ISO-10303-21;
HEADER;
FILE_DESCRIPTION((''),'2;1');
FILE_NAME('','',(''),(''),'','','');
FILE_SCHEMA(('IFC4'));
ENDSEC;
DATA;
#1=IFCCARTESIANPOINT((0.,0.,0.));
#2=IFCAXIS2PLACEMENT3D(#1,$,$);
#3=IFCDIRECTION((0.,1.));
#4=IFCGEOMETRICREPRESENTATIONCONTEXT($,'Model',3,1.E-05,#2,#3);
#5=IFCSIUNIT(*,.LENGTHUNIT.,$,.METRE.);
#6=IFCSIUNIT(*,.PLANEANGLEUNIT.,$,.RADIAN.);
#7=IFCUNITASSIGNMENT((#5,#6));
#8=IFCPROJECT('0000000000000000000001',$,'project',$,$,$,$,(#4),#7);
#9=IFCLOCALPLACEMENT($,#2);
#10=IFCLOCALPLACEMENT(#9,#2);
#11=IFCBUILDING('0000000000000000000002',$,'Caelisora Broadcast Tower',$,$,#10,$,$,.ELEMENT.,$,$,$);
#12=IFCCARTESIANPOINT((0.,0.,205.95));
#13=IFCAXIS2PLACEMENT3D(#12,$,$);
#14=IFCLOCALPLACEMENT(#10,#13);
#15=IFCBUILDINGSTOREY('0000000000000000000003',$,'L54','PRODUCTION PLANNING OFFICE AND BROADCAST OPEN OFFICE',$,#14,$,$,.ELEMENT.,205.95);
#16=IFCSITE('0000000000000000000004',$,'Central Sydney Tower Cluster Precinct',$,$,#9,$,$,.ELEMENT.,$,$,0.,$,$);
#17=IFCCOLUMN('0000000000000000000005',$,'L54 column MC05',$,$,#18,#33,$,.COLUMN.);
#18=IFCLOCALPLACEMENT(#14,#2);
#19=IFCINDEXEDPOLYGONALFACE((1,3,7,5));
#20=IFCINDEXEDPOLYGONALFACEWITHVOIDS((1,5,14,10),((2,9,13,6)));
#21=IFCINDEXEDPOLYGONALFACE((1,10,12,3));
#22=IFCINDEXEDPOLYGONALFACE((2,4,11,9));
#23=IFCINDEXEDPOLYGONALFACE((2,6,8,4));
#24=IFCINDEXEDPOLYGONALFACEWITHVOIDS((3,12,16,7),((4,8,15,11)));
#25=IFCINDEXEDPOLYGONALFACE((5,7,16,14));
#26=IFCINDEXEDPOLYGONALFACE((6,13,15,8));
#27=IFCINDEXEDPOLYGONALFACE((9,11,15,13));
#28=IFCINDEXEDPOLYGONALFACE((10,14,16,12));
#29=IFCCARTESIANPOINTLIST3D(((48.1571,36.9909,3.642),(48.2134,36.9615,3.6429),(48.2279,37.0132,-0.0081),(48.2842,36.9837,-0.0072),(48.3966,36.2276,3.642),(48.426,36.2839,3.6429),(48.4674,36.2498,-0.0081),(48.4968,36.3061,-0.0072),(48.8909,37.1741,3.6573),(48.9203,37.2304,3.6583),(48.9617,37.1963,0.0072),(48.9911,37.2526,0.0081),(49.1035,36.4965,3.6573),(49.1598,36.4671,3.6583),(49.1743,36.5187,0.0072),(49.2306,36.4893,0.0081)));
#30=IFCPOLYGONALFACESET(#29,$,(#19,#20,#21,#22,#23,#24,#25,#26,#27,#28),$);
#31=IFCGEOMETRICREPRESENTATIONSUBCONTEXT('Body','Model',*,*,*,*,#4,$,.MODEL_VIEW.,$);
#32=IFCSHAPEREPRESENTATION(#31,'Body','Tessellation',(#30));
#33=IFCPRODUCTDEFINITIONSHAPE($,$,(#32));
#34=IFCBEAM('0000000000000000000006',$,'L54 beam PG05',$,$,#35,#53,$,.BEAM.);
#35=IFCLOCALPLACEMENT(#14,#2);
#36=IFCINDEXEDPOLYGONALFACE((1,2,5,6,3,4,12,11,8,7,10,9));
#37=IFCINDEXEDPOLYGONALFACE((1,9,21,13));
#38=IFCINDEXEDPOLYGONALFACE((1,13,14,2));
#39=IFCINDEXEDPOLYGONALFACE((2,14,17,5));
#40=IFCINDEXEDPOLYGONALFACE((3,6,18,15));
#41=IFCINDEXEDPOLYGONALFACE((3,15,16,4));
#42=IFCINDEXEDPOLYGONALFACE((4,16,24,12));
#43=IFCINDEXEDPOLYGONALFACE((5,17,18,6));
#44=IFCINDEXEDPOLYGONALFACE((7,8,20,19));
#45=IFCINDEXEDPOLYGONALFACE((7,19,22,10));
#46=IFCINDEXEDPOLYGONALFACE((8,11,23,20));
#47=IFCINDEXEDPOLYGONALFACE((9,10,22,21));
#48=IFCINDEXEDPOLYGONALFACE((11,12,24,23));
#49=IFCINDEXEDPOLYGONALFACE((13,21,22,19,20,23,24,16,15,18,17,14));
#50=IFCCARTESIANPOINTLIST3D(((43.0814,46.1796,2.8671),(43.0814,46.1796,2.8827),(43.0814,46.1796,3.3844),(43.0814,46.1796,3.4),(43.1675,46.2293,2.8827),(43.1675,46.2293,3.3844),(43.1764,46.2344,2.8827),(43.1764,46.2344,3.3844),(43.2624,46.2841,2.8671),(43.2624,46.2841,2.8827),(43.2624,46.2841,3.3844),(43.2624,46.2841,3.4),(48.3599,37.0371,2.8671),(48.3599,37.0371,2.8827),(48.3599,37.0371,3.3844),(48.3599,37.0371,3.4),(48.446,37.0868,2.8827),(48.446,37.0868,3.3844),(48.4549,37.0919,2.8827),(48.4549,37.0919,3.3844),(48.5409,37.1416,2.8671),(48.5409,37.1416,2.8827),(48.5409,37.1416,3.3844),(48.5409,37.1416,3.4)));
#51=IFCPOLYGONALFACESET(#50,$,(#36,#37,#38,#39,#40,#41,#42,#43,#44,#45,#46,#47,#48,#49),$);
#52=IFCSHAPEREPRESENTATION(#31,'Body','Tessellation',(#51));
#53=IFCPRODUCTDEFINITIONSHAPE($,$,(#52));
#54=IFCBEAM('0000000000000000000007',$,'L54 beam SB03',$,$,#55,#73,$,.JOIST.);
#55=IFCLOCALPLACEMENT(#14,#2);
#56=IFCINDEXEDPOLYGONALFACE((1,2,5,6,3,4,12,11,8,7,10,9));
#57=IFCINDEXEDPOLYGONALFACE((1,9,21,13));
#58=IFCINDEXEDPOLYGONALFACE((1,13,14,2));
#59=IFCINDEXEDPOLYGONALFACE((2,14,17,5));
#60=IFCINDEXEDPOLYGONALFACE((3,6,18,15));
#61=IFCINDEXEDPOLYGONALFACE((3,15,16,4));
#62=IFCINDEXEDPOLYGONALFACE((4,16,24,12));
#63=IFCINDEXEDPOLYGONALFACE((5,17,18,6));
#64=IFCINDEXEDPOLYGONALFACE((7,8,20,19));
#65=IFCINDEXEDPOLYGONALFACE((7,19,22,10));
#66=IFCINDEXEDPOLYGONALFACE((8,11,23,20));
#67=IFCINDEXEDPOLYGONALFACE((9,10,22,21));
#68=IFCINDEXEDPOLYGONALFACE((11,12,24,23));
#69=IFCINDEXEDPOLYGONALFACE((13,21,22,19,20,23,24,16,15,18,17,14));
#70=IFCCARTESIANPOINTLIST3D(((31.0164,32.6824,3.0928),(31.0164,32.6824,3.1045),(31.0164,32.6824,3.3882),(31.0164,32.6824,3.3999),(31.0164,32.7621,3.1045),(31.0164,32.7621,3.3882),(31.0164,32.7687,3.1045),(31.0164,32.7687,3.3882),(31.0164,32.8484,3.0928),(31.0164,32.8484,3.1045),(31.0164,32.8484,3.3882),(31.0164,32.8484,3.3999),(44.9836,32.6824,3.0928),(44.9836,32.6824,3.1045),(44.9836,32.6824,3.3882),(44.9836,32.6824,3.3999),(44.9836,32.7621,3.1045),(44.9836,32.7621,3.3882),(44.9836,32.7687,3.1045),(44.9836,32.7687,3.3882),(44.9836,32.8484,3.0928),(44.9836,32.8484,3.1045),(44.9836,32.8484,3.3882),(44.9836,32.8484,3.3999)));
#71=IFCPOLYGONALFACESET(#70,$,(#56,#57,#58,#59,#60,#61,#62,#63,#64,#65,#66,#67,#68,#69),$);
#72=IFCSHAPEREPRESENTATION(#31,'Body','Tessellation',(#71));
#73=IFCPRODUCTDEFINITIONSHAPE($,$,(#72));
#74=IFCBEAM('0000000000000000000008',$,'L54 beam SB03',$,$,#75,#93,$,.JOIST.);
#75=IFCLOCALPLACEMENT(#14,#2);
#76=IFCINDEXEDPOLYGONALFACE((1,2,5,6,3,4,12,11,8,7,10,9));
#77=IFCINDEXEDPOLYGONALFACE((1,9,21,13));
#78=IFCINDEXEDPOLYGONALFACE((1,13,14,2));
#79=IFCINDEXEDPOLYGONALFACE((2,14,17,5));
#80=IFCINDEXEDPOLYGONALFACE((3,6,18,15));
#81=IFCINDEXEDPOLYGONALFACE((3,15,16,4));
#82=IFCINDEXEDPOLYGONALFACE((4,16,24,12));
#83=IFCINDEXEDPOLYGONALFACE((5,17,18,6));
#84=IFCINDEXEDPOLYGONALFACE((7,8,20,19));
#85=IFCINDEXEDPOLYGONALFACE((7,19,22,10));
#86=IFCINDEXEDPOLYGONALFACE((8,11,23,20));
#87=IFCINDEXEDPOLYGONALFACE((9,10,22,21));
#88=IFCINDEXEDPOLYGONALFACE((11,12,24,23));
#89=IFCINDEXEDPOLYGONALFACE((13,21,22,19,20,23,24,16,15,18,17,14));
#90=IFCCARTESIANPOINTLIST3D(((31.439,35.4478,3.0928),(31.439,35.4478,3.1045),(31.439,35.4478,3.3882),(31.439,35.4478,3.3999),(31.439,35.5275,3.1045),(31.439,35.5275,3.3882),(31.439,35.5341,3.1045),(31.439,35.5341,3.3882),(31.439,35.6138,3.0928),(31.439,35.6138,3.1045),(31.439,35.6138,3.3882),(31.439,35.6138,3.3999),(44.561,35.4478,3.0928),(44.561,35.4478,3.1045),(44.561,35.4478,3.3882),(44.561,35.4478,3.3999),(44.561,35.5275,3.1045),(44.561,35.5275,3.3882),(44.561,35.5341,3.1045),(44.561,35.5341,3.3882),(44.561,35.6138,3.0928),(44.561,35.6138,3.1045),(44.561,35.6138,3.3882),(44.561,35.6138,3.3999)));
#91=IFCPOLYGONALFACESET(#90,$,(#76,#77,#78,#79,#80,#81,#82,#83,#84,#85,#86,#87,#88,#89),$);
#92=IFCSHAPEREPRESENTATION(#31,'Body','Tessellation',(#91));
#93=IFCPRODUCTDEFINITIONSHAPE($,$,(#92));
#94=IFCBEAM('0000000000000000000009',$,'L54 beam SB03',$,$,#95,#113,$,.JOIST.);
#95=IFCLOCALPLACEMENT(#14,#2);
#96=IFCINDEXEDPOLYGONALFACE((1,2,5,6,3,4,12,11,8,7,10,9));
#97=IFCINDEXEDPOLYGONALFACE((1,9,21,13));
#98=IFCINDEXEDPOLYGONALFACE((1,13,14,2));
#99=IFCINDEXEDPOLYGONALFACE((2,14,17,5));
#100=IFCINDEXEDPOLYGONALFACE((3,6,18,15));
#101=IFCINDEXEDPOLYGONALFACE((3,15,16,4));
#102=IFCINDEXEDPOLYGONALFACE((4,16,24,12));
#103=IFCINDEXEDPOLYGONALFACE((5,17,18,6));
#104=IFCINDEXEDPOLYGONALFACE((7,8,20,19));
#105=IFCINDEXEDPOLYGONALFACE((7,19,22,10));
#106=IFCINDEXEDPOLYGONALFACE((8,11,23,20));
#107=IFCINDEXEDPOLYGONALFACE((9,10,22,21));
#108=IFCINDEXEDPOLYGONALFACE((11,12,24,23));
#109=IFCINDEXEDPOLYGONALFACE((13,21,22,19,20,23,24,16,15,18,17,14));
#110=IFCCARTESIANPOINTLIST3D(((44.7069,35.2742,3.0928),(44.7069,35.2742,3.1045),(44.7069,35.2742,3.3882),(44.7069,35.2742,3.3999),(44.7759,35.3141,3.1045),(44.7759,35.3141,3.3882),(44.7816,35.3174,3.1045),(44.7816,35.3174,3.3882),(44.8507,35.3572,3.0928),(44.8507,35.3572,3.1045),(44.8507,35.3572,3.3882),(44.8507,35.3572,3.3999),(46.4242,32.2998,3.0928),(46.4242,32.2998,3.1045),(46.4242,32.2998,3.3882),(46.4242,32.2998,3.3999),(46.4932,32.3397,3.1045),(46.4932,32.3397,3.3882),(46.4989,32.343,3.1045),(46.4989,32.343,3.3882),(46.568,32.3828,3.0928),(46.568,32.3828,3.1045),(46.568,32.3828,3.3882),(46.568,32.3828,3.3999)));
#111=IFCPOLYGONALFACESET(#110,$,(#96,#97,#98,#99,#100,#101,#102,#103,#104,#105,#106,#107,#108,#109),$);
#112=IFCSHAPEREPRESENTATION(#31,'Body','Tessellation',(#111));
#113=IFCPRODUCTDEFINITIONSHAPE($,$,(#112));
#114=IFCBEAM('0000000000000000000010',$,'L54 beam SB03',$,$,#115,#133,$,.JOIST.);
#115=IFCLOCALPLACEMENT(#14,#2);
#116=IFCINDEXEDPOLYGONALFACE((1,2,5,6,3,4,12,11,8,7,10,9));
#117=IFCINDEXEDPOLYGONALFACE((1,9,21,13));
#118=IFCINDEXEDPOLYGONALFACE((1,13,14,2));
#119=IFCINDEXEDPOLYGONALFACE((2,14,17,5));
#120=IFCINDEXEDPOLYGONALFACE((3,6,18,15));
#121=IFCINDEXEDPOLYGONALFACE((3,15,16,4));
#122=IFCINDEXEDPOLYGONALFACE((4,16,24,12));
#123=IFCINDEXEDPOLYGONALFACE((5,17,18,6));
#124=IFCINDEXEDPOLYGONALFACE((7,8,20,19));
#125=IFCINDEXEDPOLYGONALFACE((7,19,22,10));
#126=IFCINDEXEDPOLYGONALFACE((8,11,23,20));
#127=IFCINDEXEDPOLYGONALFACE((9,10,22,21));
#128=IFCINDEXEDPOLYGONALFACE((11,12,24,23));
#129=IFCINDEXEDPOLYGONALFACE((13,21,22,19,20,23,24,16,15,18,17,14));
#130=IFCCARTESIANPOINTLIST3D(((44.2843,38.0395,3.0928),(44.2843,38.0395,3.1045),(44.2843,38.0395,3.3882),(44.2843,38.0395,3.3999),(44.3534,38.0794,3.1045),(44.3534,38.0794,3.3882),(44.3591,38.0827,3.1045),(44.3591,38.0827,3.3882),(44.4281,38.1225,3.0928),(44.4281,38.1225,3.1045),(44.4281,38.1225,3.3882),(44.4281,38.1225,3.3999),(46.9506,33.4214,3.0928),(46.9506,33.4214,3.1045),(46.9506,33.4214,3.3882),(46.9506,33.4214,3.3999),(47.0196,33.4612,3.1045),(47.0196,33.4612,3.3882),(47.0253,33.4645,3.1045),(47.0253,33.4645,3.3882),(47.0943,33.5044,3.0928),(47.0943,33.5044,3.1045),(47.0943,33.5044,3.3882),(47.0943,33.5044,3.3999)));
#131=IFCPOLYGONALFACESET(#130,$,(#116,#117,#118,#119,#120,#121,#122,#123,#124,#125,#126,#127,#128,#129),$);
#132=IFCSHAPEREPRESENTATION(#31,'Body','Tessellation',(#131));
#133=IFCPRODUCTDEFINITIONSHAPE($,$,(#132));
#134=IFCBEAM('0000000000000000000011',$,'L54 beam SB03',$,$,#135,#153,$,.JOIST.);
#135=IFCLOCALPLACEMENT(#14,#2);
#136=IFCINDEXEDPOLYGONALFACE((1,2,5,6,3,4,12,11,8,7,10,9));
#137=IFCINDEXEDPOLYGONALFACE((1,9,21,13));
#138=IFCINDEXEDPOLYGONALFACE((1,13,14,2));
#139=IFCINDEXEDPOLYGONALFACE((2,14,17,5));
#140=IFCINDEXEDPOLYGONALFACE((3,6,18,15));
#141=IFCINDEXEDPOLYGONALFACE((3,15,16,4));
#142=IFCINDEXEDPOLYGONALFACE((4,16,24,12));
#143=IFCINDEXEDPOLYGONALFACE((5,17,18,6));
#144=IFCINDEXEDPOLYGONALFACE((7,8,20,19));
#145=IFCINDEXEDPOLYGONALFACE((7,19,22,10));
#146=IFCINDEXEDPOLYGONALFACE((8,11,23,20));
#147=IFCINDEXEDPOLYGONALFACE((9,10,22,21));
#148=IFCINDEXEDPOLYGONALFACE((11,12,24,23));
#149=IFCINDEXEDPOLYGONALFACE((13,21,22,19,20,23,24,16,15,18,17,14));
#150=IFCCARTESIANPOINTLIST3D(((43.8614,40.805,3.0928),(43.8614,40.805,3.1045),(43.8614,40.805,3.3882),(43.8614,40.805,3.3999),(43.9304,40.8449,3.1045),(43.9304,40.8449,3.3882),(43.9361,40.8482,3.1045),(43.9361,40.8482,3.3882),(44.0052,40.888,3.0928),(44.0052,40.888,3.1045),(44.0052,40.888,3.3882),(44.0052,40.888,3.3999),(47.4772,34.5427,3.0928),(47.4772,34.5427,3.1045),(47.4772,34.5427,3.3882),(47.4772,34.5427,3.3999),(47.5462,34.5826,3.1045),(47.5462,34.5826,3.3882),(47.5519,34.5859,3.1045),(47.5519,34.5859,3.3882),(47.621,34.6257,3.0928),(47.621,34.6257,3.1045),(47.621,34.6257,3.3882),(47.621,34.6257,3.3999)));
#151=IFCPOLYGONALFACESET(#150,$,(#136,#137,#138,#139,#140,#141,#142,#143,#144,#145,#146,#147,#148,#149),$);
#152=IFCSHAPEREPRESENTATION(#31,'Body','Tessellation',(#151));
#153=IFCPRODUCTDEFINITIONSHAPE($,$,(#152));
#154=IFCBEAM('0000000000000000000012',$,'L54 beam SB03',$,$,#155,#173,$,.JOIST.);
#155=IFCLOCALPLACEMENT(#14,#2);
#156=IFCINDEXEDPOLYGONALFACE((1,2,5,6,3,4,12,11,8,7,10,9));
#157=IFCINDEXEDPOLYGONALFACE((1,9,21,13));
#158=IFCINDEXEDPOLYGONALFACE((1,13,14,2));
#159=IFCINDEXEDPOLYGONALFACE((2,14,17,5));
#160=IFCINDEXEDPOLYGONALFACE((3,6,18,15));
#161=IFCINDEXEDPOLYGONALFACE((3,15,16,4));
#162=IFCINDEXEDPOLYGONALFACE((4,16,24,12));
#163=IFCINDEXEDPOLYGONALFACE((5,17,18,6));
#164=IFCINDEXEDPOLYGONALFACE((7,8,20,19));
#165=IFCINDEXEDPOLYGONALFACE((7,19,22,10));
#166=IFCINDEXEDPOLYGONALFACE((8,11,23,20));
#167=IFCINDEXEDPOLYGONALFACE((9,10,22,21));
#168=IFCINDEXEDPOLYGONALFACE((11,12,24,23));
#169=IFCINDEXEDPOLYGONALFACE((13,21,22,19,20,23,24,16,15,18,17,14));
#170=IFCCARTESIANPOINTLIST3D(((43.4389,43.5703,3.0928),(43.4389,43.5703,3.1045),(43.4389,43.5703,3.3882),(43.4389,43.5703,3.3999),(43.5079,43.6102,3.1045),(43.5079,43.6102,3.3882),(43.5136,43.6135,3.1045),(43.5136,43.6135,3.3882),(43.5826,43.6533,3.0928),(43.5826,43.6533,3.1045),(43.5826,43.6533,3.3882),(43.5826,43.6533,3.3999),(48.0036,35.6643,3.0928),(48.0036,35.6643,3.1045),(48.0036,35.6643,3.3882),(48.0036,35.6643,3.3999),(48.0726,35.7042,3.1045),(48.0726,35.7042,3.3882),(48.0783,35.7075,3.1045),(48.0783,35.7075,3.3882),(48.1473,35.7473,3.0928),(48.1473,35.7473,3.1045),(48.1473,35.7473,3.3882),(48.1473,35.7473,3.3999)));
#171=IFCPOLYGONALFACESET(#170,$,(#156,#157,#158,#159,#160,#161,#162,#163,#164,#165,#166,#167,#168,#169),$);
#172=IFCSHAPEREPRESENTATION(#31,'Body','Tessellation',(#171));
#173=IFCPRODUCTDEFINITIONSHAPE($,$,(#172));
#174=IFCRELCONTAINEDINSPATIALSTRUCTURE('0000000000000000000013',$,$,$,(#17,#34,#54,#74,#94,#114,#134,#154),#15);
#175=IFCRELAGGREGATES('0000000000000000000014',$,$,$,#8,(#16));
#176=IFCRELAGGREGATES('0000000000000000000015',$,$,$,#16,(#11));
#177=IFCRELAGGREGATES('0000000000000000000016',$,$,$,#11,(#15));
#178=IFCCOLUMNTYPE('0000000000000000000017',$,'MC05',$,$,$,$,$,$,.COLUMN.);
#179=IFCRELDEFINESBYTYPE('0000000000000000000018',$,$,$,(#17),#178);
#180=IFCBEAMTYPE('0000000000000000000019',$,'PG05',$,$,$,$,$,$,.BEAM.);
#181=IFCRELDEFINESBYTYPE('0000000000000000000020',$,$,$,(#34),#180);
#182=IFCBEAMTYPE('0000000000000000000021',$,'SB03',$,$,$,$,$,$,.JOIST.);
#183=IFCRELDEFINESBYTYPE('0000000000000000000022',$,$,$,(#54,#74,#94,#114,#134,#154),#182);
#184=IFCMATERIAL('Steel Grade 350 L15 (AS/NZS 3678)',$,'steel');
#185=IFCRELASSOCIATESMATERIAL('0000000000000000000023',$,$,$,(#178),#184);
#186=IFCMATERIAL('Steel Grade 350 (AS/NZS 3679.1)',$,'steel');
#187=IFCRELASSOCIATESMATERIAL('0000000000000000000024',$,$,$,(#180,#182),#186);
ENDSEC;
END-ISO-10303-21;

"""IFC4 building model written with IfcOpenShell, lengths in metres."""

from ifc_helpers import new_model, si_unit, direction, frame, origin, origin_2d, place, context, subcontext, project, spatial, hollow_rectangle, i_section, extrude, source, transform, mapped, material, material_profile, profile_set, type_object, type_shapes, element, save


model = new_model("IFC4")

# Units and contexts
model_context = context("Model", 3, precision=1e-05, world=origin(), true_north=direction((0.0, 1.0)))
body_context = subcontext(model_context, "Body", "Model", "MODEL_VIEW")
ifc_project = project(units=[si_unit("LENGTHUNIT", "METRE"), si_unit("PLANEANGLEUNIT", "RADIAN")], contexts=[model_context])

# Site, building, storey
site_placement = place(None, origin())
site = spatial("IfcSite", under=ifc_project, at=site_placement, Name="Central Sydney Tower Cluster Precinct", CompositionType="ELEMENT", RefElevation=0.0)
building_placement = place(site_placement, origin())
building = spatial("IfcBuilding", under=site, at=building_placement, Name="Caelisora Broadcast Tower", CompositionType="ELEMENT")
storey_placement = place(building_placement, frame((0.0, 0.0, 205.95)))
storey = spatial("IfcBuildingStorey", under=building, at=storey_placement, Name="L54", Description="PRODUCTION PLANNING OFFICE AND BROADCAST OPEN OFFICE", CompositionType="ELEMENT", Elevation=205.95)

# Column
ifc_material_1 = material(Name="Steel Grade 350 L15 (AS/NZS 3678)", Category="steel")
ifc_material_profile_1 = material_profile(ifc_material_1, hollow_rectangle(XDim=0.8, YDim=0.8, WallThickness=0.0449, at=origin_2d()), Name="Steel Grade 350 L15 (AS/NZS 3678)")
ifc_profile_set_1 = profile_set([ifc_material_profile_1], Name="Steel Grade 350 L15 (AS/NZS 3678)")
column_type = type_object("IfcColumnType", Name="MC05", PredefinedType="COLUMN", material=ifc_profile_set_1)
shared_shape_1 = source(origin(), body_context, "Body", "SweptSolid", [
    extrude(hollow_rectangle(XDim=0.8, YDim=0.8, WallThickness=0.0449, at=origin_2d()), origin(), (0.0, 0.0, 1.0), 3.6509),
])
type_shapes(column_type, [shared_shape_1])
column_placement = place(storey_placement, frame((48.7292, 36.7512, 0.0), z_axis=(-0.019393, -0.006085, 0.999793), x_axis=(0.299399, -0.954128, 0.0)))
element("IfcColumn", 1, at=column_placement, inside=storey, type_object=column_type, Name="L54 column MC05", PredefinedType="COLUMN", context=body_context, shape_type="MappedRepresentation", body=[
    mapped(shared_shape_1, transform((0.0, 0.0, 0.0), scale=1.0)),
])

# Beams
ifc_material_2 = material(Name="Steel Grade 350 (AS/NZS 3679.1)", Category="steel")
ifc_material_profile_2 = material_profile(ifc_material_2, i_section(OverallWidth=0.209, OverallDepth=0.533, WebThickness=0.0103, FlangeThickness=0.0156, at=origin_2d()), Name="Steel Grade 350 (AS/NZS 3679.1)")
ifc_profile_set_2 = profile_set([ifc_material_profile_2], Name="Steel Grade 350 (AS/NZS 3679.1)")
beam_type_1 = type_object("IfcBeamType", Name="PG05", PredefinedType="BEAM", material=ifc_profile_set_2)
shared_shape_2 = source(origin(), body_context, "Body", "SweptSolid", [
    extrude(i_section(OverallWidth=0.209, OverallDepth=0.533, WebThickness=0.0103, FlangeThickness=0.0156, at=origin_2d()), origin(), (0.0, 0.0, 1.0), 10.5569),
])
type_shapes(beam_type_1, [shared_shape_2])
beam_1_placement = place(storey_placement, frame((48.4504, 37.0894, 3.1335), z_axis=(-0.500007, 0.866022, 0.0), x_axis=(-0.866022, -0.500007, 0.0)))
element("IfcBeam", 2, at=beam_1_placement, inside=storey, type_object=beam_type_1, Name="L54 beam PG05", PredefinedType="BEAM", context=body_context, shape_type="MappedRepresentation", body=[
    mapped(shared_shape_2, transform((0.0, 0.0, 0.0), scale=1.0)),
])
ifc_material_profile_3 = material_profile(ifc_material_2, i_section(OverallWidth=0.166, OverallDepth=0.3071, WebThickness=0.0066, FlangeThickness=0.0117, at=origin_2d()), Name="Steel Grade 350 (AS/NZS 3679.1)")
ifc_profile_set_3 = profile_set([ifc_material_profile_3], Name="Steel Grade 350 (AS/NZS 3679.1)")
beam_type_2 = type_object("IfcBeamType", Name="SB03", PredefinedType="JOIST", material=ifc_profile_set_3)
shared_shape_3 = source(origin(), body_context, "Body", "SweptSolid", [
    extrude(i_section(OverallWidth=0.166, OverallDepth=0.3071, WebThickness=0.0066, FlangeThickness=0.0117, at=origin_2d()), origin(), (0.0, 0.0, 1.0), 13.9673),
])
beam_2_placement = place(storey_placement, frame((44.9836, 32.7654, 3.2463), z_axis=(-1.0, 0.0, 0.0), x_axis=(0.0, -1.0, 0.0)))
element("IfcBeam", 3, at=beam_2_placement, inside=storey, type_object=beam_type_2, Name="L54 beam SB03", PredefinedType="JOIST", context=body_context, shape_type="MappedRepresentation", body=[
    mapped(shared_shape_3, transform((0.0, 0.0, 0.0), scale=1.0)),
])
shared_shape_4 = source(origin(), body_context, "Body", "SweptSolid", [
    extrude(i_section(OverallWidth=0.166, OverallDepth=0.3071, WebThickness=0.0066, FlangeThickness=0.0117, at=origin_2d()), origin(), (0.0, 0.0, 1.0), 13.1221),
])
beam_3_placement = place(storey_placement, frame((44.561, 35.5308, 3.2463), z_axis=(-1.0, 0.0, 0.0), x_axis=(0.0, -1.0, 0.0)))
element("IfcBeam", 4, at=beam_3_placement, inside=storey, type_object=beam_type_2, Name="L54 beam SB03", PredefinedType="JOIST", context=body_context, shape_type="MappedRepresentation", body=[
    mapped(shared_shape_4, transform((0.0, 0.0, 0.0), scale=1.0)),
])
shared_shape_5 = source(origin(), body_context, "Body", "SweptSolid", [
    extrude(i_section(OverallWidth=0.166, OverallDepth=0.3071, WebThickness=0.0066, FlangeThickness=0.0117, at=origin_2d()), origin(), (0.0, 0.0, 1.0), 3.4346),
])
beam_4_placement = place(storey_placement, frame((46.4961, 32.3413, 3.2463), z_axis=(-0.500008, 0.866021, 0.0), x_axis=(-0.866021, -0.500008, 0.0)))
element("IfcBeam", 5, at=beam_4_placement, inside=storey, type_object=beam_type_2, Name="L54 beam SB03", PredefinedType="JOIST", context=body_context, shape_type="MappedRepresentation", body=[
    mapped(shared_shape_5, transform((0.0, 0.0, 0.0), scale=1.0)),
])
shared_shape_6 = source(origin(), body_context, "Body", "SweptSolid", [
    extrude(i_section(OverallWidth=0.166, OverallDepth=0.3071, WebThickness=0.0066, FlangeThickness=0.0117, at=origin_2d()), origin(), (0.0, 0.0, 1.0), 5.3325),
])
beam_5_placement = place(storey_placement, frame((47.0225, 33.4629, 3.2463), z_axis=(-0.499995, 0.866029, 0.0), x_axis=(-0.866029, -0.499995, 0.0)))
element("IfcBeam", 6, at=beam_5_placement, inside=storey, type_object=beam_type_2, Name="L54 beam SB03", PredefinedType="JOIST", context=body_context, shape_type="MappedRepresentation", body=[
    mapped(shared_shape_6, transform((0.0, 0.0, 0.0), scale=1.0)),
])
shared_shape_7 = source(origin(), body_context, "Body", "SweptSolid", [
    extrude(i_section(OverallWidth=0.166, OverallDepth=0.3071, WebThickness=0.0066, FlangeThickness=0.0117, at=origin_2d()), origin(), (0.0, 0.0, 1.0), 7.2312),
])
beam_6_placement = place(storey_placement, frame((47.5491, 34.5842, 3.2463), z_axis=(-0.500024, 0.866011, 0.0), x_axis=(-0.866011, -0.500024, 0.0)))
element("IfcBeam", 7, at=beam_6_placement, inside=storey, type_object=beam_type_2, Name="L54 beam SB03", PredefinedType="JOIST", context=body_context, shape_type="MappedRepresentation", body=[
    mapped(shared_shape_7, transform((0.0, 0.0, 0.0), scale=1.0)),
])
shared_shape_8 = source(origin(), body_context, "Body", "SweptSolid", [
    extrude(i_section(OverallWidth=0.166, OverallDepth=0.3071, WebThickness=0.0066, FlangeThickness=0.0117, at=origin_2d()), origin(), (0.0, 0.0, 1.0), 9.1292),
])
type_shapes(beam_type_2, [shared_shape_3, shared_shape_4, shared_shape_5, shared_shape_6, shared_shape_7, shared_shape_8])
beam_7_placement = place(storey_placement, frame((48.0754, 35.7058, 3.2463), z_axis=(-0.500013, 0.866018, 0.0), x_axis=(-0.866018, -0.500013, 0.0)))
element("IfcBeam", 8, at=beam_7_placement, inside=storey, type_object=beam_type_2, Name="L54 beam SB03", PredefinedType="JOIST", context=body_context, shape_type="MappedRepresentation", body=[
    mapped(shared_shape_8, transform((0.0, 0.0, 0.0), scale=1.0)),
])

save(model, "model.ifc")
